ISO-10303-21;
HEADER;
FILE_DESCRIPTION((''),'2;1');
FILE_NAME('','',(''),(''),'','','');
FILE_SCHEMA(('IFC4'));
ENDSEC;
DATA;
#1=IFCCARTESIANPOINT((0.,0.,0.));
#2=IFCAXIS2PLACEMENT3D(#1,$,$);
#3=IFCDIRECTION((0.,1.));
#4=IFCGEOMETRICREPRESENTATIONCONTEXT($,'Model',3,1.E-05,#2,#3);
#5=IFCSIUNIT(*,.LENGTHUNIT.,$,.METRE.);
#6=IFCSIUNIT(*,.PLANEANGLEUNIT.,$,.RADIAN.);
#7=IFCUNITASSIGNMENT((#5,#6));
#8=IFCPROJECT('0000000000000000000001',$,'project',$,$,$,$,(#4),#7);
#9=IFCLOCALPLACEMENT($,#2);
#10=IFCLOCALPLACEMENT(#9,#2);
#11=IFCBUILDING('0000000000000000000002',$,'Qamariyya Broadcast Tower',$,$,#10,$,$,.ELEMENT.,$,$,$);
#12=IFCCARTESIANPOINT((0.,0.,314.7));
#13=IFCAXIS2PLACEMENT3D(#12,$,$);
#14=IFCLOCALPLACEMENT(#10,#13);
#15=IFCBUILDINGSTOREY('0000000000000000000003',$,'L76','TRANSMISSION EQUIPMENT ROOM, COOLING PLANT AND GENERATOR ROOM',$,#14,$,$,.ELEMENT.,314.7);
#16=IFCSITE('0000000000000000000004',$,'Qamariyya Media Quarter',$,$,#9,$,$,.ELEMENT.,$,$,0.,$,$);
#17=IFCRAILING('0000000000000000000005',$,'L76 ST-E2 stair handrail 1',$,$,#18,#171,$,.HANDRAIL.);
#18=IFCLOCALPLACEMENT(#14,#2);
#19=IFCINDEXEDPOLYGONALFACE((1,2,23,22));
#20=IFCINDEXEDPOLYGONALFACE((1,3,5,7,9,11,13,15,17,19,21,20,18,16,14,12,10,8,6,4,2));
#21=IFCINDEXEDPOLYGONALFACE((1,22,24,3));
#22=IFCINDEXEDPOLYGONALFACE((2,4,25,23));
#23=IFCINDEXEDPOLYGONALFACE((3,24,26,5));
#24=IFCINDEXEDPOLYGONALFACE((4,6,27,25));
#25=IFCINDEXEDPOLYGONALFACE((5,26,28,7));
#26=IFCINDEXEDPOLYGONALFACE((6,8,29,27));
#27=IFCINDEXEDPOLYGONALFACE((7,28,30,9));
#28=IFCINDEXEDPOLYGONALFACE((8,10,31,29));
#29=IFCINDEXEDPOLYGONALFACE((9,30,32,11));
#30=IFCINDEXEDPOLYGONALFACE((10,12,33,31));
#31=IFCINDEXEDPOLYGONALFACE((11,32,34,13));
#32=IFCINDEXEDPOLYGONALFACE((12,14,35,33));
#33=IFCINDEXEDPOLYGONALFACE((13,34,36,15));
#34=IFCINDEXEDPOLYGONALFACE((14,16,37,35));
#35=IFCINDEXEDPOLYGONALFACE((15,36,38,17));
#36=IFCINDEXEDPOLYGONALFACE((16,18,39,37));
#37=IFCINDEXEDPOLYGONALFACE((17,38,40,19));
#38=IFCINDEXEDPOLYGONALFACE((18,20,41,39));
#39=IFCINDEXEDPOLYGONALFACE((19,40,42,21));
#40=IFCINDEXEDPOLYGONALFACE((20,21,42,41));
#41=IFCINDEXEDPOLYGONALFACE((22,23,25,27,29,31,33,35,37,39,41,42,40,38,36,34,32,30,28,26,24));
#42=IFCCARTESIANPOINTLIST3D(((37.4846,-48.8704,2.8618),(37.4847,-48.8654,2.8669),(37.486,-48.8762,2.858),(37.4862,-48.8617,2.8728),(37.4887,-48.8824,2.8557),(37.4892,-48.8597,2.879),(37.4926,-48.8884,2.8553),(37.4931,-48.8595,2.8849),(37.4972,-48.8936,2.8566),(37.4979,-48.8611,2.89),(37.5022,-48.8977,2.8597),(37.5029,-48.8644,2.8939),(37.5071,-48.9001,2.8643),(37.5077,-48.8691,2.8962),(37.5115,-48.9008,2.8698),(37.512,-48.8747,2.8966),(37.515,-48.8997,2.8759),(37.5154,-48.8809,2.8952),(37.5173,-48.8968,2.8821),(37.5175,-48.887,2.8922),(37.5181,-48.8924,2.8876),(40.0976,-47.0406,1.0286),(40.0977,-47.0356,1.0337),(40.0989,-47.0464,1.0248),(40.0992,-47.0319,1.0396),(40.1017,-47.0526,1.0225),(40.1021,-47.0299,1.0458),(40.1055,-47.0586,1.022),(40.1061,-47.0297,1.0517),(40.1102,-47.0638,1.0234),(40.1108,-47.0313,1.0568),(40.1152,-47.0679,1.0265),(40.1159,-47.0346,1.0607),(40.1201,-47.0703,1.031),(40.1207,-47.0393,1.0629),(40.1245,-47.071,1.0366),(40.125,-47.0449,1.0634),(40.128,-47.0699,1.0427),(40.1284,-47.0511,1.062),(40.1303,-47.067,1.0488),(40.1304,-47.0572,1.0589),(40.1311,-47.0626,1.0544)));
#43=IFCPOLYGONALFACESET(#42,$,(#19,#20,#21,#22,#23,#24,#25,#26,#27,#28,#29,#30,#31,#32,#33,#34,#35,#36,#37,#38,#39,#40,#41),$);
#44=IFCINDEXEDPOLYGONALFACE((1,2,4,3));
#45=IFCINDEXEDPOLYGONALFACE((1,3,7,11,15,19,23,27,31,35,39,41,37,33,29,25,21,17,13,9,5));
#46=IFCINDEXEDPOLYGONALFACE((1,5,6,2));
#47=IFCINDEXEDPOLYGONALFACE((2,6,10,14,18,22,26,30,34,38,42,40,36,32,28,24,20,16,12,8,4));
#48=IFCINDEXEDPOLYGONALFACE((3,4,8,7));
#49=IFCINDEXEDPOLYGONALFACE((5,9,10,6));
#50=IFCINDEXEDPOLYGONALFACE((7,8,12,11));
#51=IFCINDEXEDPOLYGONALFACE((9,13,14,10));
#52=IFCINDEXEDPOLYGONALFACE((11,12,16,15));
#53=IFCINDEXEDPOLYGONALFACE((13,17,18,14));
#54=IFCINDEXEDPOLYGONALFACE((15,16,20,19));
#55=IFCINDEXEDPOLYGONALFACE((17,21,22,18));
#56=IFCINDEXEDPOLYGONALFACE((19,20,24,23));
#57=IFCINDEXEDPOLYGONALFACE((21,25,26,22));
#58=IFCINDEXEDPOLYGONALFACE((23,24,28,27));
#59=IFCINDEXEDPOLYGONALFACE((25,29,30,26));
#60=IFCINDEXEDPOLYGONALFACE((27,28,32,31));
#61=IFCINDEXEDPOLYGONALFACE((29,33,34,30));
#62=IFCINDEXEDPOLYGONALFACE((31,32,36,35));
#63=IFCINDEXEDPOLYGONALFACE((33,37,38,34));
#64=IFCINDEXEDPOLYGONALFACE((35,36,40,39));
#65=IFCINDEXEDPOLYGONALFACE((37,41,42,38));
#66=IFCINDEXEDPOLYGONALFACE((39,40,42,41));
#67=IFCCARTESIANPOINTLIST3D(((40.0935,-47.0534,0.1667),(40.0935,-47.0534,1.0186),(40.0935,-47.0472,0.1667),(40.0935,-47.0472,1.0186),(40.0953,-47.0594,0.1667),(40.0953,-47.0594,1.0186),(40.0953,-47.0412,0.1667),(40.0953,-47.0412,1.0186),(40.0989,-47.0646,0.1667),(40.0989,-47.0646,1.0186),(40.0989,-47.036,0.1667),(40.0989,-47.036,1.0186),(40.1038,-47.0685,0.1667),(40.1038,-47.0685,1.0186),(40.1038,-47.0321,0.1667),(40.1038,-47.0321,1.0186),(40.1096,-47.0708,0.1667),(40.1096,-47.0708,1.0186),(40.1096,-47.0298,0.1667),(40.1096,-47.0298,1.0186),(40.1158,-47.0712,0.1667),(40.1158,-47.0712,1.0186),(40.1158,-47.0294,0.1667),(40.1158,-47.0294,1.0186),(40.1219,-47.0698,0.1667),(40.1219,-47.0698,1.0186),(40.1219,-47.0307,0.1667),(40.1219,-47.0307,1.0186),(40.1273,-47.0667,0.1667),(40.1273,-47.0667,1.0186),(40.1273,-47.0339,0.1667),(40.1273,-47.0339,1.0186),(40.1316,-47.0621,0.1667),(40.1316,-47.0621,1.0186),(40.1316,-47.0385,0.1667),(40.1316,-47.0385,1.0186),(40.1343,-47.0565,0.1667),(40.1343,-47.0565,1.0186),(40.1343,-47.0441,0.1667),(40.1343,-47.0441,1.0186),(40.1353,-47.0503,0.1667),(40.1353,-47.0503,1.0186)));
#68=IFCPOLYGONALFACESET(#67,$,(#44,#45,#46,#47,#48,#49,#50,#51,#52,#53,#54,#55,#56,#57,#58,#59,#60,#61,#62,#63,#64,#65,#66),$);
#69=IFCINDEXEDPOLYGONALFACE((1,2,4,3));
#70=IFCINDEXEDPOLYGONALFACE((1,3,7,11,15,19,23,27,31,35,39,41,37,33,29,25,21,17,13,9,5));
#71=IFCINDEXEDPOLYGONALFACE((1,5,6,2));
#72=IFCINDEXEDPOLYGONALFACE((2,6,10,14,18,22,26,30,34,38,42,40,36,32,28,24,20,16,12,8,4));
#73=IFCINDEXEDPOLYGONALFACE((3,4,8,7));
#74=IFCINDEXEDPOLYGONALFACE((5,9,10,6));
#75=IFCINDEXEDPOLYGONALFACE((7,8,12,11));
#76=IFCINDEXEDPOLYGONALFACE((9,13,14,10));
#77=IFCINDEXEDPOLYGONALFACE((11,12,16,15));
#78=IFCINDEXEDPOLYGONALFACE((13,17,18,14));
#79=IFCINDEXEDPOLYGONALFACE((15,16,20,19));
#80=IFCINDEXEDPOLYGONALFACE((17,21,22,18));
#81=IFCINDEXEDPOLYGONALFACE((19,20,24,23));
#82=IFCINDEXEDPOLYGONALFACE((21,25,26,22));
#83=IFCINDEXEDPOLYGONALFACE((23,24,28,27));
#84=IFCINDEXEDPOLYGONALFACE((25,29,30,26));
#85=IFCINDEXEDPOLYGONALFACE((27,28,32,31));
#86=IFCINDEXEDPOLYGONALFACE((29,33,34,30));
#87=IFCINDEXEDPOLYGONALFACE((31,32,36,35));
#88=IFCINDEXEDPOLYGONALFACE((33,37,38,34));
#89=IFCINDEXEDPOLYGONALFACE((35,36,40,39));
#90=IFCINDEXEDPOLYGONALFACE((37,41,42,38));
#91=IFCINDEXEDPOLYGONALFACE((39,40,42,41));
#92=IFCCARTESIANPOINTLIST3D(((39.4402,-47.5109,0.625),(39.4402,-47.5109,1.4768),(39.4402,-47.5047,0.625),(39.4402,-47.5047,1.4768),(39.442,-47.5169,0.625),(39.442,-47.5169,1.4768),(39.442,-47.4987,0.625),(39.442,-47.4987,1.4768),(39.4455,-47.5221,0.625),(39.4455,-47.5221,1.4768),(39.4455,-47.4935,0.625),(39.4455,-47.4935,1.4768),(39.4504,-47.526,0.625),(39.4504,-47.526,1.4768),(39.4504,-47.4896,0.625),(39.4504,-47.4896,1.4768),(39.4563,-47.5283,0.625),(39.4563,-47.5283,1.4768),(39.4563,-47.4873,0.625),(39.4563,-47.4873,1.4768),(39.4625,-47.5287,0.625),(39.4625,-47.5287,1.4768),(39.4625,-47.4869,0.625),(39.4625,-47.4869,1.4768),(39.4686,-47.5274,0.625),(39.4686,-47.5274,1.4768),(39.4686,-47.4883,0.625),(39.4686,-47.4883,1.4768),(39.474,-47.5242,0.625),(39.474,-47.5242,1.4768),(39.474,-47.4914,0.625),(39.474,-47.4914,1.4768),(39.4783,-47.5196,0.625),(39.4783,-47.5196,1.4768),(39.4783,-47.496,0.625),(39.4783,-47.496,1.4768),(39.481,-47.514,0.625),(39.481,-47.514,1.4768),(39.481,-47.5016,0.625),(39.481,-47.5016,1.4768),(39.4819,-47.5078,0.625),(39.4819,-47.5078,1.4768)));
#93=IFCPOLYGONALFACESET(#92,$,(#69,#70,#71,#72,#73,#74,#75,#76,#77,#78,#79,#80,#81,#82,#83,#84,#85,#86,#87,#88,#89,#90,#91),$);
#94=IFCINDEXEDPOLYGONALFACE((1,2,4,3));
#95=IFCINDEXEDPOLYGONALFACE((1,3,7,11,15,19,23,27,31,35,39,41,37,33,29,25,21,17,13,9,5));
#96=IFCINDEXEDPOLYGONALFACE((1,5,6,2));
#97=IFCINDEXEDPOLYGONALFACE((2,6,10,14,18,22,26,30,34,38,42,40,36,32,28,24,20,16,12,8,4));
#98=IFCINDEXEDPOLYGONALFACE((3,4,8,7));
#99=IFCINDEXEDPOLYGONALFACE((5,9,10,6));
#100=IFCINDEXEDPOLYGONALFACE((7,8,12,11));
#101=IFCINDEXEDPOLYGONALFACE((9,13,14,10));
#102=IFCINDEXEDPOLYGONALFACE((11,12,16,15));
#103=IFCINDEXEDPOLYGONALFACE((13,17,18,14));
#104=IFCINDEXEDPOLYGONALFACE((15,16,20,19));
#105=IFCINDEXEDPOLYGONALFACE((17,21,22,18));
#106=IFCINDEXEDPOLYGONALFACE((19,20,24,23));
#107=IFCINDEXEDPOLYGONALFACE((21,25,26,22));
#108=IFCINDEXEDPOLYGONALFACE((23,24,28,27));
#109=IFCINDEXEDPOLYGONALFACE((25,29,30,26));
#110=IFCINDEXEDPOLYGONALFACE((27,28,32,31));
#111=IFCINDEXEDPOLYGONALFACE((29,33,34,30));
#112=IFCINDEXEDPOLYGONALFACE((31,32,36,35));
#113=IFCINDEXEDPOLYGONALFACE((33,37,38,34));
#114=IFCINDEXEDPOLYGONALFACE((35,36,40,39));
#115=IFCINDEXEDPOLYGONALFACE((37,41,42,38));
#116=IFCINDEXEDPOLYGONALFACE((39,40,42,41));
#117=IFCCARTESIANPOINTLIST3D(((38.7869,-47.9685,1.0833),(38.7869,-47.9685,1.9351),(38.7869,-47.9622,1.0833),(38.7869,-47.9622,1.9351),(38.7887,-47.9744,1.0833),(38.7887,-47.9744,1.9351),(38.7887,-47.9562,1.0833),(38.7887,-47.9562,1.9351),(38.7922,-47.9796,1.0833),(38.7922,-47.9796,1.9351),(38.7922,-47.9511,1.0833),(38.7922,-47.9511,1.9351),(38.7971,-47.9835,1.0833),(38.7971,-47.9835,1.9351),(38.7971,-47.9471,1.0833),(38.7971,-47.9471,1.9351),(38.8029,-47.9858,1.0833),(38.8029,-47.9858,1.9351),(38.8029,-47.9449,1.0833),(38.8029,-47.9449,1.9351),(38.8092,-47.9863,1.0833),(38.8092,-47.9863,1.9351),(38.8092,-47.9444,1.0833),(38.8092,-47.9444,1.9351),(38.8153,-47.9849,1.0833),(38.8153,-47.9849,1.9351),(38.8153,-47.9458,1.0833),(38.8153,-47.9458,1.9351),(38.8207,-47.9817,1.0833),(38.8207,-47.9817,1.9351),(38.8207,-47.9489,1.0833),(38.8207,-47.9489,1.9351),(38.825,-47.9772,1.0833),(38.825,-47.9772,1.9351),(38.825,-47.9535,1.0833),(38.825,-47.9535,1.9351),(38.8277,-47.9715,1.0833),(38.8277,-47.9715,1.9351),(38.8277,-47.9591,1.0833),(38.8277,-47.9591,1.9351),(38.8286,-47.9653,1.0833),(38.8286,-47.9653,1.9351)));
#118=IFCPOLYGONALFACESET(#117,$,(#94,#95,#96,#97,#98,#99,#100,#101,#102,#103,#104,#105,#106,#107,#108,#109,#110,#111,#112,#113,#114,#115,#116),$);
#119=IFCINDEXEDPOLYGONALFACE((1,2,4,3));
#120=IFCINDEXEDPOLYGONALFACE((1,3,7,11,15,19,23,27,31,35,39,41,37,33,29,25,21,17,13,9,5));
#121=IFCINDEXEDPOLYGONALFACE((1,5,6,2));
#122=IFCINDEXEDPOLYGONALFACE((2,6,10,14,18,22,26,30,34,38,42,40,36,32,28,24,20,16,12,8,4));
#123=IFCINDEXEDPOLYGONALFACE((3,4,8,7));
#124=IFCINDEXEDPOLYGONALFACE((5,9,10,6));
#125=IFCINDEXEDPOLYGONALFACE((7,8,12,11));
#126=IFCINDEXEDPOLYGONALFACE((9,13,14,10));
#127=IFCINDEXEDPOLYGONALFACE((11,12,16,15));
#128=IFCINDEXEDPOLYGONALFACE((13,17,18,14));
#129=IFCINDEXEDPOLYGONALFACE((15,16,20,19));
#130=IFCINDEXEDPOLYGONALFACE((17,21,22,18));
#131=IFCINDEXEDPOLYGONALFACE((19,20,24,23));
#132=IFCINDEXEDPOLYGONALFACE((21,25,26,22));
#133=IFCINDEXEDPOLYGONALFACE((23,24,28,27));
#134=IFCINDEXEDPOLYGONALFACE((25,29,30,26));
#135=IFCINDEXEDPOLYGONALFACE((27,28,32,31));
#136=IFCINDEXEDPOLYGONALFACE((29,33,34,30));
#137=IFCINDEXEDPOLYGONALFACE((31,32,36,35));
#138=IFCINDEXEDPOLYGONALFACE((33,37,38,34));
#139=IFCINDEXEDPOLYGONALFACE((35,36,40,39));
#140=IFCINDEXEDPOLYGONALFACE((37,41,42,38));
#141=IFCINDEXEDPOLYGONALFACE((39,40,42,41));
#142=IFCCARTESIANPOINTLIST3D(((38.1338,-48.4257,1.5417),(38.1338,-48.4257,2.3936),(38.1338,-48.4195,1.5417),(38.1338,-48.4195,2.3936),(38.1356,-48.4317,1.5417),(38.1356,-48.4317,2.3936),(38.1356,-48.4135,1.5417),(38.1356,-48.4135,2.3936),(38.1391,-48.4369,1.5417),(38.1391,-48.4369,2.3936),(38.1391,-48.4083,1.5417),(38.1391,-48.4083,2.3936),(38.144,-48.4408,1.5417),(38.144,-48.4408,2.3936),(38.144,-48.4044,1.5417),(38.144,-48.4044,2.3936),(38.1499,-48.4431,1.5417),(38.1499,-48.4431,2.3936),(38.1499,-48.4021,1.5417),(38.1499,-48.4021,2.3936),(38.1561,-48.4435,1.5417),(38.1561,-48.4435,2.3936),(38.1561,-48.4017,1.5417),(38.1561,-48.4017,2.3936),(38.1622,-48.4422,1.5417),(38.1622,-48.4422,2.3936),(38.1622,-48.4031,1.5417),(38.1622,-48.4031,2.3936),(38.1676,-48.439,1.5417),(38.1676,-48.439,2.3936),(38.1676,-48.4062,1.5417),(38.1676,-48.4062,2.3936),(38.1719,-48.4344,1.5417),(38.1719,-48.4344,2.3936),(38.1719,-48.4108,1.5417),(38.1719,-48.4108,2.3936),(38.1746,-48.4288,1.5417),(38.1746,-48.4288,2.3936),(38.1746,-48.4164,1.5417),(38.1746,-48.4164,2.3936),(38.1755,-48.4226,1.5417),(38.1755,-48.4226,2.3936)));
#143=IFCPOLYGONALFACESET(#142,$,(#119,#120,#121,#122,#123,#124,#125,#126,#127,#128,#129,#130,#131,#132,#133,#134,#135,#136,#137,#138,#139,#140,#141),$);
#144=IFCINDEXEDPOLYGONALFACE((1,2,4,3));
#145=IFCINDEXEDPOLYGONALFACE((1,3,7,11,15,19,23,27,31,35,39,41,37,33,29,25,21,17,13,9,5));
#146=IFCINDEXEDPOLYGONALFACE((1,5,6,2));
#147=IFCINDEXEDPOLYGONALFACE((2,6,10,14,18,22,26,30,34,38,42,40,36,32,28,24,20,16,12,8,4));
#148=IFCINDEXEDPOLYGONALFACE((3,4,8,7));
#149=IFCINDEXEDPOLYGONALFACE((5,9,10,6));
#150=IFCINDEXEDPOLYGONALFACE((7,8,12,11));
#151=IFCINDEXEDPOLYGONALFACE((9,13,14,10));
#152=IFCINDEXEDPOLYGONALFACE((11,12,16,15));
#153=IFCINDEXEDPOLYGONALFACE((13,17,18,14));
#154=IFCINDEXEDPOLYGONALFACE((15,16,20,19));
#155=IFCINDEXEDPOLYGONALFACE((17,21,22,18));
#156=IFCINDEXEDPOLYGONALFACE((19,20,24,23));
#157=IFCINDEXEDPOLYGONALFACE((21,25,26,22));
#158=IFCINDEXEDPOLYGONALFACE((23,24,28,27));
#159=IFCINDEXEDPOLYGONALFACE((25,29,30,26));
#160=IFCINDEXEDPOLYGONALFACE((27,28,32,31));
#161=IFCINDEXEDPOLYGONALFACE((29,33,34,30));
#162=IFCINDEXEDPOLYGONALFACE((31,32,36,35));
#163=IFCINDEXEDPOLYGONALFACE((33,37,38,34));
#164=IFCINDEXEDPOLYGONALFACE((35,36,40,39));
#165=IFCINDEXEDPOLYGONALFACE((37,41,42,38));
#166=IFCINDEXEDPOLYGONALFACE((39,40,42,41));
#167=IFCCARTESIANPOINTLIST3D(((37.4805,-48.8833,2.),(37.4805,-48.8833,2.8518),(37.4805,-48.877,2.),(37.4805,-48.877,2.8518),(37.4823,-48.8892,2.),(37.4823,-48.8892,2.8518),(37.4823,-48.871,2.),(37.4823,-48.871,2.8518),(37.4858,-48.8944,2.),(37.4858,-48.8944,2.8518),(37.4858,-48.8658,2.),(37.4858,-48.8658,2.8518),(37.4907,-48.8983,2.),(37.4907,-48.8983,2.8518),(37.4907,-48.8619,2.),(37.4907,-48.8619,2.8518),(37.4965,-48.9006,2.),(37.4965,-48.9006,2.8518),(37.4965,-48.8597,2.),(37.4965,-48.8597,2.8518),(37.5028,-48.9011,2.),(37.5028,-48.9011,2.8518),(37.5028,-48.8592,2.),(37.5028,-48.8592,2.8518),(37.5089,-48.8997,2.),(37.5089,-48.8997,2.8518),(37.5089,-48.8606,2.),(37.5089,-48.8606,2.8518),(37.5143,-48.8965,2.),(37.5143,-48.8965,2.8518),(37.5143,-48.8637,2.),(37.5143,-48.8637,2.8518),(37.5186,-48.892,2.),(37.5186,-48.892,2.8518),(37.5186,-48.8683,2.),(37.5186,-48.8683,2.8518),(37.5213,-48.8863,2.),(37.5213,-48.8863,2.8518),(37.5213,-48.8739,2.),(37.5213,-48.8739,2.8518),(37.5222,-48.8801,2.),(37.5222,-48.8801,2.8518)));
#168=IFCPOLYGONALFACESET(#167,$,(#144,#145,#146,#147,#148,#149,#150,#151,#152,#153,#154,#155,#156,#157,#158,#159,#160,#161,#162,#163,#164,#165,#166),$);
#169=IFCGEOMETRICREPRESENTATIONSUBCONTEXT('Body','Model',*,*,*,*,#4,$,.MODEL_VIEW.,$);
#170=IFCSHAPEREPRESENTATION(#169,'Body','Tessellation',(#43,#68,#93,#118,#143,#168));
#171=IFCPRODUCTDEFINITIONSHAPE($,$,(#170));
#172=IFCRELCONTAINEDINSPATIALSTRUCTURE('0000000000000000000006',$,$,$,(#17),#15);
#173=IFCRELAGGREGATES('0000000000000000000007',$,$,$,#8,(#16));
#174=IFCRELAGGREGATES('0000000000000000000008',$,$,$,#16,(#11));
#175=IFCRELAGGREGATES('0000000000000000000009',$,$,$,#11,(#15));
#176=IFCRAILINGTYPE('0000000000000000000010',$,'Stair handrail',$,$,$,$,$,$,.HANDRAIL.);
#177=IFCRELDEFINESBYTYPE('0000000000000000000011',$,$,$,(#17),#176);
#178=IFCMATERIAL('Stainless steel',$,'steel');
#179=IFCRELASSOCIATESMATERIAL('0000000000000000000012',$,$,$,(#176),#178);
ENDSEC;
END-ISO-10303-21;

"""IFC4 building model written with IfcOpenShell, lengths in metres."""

from ifc_helpers import new_model, si_unit, direction, frame, origin, origin_2d, place, context, subcontext, project, spatial, circle, extrude, material, type_object, element, save


model = new_model("IFC4")

# Units and contexts
model_context = context("Model", 3, precision=1e-05, world=origin(), true_north=direction((0.0, 1.0)))
body_context = subcontext(model_context, "Body", "Model", "MODEL_VIEW")
ifc_project = project(units=[si_unit("LENGTHUNIT", "METRE"), si_unit("PLANEANGLEUNIT", "RADIAN")], contexts=[model_context])

# Site, building, storey
site_placement = place(None, origin())
site = spatial("IfcSite", under=ifc_project, at=site_placement, Name="Qamariyya Media Quarter", CompositionType="ELEMENT", RefElevation=0.0)
building_placement = place(site_placement, origin())
building = spatial("IfcBuilding", under=site, at=building_placement, Name="Qamariyya Broadcast Tower", CompositionType="ELEMENT")
storey_placement = place(building_placement, frame((0.0, 0.0, 314.7)))
storey = spatial("IfcBuildingStorey", under=building, at=storey_placement, Name="L76", Description="TRANSMISSION EQUIPMENT ROOM, COOLING PLANT AND GENERATOR ROOM", CompositionType="ELEMENT", Elevation=314.7)

# Railing
ifc_material_1 = material(Name="Stainless steel", Category="steel")
railing_type_1 = type_object("IfcRailingType", Name="Stair handrail", PredefinedType="HANDRAIL", material=ifc_material_1)
railing_1_placement = place(storey_placement, frame((40.1143, -47.0503, 0.1667)))
element("IfcRailing", 1, at=railing_1_placement, inside=storey, type_object=railing_type_1, Name="L76 ST-E2 stair handrail 1", PredefinedType="HANDRAIL", context=body_context, shape_type="SweptSolid", body=[
    extrude(circle(Radius=0.0239, at=origin_2d()), frame((0.0, 0.0, 0.876), z_axis=(-0.710204, -0.497335, 0.498264), x_axis=(0.573611, -0.819128, 0.0)), (0.0, 0.0, 1.0), 3.6792),
    extrude(circle(Radius=0.021, at=origin_2d()), origin(), (0.0, 0.0, 1.0), 0.8518),
    extrude(circle(Radius=0.021, at=origin_2d()), frame((-0.6533, -0.4575, 0.4583)), (0.0, 0.0, 1.0), 0.8518),
    extrude(circle(Radius=0.021, at=origin_2d()), frame((-1.3066, -0.915, 0.9165)), (0.0, 0.0, 1.0), 0.8518),
    extrude(circle(Radius=0.021, at=origin_2d()), frame((-1.9597, -1.3723, 1.375)), (0.0, 0.0, 1.0), 0.8518),
    extrude(circle(Radius=0.021, at=origin_2d()), frame((-2.613, -1.8298, 1.8333)), (0.0, 0.0, 1.0), 0.8518),
])

save(model, "model.ifc")
